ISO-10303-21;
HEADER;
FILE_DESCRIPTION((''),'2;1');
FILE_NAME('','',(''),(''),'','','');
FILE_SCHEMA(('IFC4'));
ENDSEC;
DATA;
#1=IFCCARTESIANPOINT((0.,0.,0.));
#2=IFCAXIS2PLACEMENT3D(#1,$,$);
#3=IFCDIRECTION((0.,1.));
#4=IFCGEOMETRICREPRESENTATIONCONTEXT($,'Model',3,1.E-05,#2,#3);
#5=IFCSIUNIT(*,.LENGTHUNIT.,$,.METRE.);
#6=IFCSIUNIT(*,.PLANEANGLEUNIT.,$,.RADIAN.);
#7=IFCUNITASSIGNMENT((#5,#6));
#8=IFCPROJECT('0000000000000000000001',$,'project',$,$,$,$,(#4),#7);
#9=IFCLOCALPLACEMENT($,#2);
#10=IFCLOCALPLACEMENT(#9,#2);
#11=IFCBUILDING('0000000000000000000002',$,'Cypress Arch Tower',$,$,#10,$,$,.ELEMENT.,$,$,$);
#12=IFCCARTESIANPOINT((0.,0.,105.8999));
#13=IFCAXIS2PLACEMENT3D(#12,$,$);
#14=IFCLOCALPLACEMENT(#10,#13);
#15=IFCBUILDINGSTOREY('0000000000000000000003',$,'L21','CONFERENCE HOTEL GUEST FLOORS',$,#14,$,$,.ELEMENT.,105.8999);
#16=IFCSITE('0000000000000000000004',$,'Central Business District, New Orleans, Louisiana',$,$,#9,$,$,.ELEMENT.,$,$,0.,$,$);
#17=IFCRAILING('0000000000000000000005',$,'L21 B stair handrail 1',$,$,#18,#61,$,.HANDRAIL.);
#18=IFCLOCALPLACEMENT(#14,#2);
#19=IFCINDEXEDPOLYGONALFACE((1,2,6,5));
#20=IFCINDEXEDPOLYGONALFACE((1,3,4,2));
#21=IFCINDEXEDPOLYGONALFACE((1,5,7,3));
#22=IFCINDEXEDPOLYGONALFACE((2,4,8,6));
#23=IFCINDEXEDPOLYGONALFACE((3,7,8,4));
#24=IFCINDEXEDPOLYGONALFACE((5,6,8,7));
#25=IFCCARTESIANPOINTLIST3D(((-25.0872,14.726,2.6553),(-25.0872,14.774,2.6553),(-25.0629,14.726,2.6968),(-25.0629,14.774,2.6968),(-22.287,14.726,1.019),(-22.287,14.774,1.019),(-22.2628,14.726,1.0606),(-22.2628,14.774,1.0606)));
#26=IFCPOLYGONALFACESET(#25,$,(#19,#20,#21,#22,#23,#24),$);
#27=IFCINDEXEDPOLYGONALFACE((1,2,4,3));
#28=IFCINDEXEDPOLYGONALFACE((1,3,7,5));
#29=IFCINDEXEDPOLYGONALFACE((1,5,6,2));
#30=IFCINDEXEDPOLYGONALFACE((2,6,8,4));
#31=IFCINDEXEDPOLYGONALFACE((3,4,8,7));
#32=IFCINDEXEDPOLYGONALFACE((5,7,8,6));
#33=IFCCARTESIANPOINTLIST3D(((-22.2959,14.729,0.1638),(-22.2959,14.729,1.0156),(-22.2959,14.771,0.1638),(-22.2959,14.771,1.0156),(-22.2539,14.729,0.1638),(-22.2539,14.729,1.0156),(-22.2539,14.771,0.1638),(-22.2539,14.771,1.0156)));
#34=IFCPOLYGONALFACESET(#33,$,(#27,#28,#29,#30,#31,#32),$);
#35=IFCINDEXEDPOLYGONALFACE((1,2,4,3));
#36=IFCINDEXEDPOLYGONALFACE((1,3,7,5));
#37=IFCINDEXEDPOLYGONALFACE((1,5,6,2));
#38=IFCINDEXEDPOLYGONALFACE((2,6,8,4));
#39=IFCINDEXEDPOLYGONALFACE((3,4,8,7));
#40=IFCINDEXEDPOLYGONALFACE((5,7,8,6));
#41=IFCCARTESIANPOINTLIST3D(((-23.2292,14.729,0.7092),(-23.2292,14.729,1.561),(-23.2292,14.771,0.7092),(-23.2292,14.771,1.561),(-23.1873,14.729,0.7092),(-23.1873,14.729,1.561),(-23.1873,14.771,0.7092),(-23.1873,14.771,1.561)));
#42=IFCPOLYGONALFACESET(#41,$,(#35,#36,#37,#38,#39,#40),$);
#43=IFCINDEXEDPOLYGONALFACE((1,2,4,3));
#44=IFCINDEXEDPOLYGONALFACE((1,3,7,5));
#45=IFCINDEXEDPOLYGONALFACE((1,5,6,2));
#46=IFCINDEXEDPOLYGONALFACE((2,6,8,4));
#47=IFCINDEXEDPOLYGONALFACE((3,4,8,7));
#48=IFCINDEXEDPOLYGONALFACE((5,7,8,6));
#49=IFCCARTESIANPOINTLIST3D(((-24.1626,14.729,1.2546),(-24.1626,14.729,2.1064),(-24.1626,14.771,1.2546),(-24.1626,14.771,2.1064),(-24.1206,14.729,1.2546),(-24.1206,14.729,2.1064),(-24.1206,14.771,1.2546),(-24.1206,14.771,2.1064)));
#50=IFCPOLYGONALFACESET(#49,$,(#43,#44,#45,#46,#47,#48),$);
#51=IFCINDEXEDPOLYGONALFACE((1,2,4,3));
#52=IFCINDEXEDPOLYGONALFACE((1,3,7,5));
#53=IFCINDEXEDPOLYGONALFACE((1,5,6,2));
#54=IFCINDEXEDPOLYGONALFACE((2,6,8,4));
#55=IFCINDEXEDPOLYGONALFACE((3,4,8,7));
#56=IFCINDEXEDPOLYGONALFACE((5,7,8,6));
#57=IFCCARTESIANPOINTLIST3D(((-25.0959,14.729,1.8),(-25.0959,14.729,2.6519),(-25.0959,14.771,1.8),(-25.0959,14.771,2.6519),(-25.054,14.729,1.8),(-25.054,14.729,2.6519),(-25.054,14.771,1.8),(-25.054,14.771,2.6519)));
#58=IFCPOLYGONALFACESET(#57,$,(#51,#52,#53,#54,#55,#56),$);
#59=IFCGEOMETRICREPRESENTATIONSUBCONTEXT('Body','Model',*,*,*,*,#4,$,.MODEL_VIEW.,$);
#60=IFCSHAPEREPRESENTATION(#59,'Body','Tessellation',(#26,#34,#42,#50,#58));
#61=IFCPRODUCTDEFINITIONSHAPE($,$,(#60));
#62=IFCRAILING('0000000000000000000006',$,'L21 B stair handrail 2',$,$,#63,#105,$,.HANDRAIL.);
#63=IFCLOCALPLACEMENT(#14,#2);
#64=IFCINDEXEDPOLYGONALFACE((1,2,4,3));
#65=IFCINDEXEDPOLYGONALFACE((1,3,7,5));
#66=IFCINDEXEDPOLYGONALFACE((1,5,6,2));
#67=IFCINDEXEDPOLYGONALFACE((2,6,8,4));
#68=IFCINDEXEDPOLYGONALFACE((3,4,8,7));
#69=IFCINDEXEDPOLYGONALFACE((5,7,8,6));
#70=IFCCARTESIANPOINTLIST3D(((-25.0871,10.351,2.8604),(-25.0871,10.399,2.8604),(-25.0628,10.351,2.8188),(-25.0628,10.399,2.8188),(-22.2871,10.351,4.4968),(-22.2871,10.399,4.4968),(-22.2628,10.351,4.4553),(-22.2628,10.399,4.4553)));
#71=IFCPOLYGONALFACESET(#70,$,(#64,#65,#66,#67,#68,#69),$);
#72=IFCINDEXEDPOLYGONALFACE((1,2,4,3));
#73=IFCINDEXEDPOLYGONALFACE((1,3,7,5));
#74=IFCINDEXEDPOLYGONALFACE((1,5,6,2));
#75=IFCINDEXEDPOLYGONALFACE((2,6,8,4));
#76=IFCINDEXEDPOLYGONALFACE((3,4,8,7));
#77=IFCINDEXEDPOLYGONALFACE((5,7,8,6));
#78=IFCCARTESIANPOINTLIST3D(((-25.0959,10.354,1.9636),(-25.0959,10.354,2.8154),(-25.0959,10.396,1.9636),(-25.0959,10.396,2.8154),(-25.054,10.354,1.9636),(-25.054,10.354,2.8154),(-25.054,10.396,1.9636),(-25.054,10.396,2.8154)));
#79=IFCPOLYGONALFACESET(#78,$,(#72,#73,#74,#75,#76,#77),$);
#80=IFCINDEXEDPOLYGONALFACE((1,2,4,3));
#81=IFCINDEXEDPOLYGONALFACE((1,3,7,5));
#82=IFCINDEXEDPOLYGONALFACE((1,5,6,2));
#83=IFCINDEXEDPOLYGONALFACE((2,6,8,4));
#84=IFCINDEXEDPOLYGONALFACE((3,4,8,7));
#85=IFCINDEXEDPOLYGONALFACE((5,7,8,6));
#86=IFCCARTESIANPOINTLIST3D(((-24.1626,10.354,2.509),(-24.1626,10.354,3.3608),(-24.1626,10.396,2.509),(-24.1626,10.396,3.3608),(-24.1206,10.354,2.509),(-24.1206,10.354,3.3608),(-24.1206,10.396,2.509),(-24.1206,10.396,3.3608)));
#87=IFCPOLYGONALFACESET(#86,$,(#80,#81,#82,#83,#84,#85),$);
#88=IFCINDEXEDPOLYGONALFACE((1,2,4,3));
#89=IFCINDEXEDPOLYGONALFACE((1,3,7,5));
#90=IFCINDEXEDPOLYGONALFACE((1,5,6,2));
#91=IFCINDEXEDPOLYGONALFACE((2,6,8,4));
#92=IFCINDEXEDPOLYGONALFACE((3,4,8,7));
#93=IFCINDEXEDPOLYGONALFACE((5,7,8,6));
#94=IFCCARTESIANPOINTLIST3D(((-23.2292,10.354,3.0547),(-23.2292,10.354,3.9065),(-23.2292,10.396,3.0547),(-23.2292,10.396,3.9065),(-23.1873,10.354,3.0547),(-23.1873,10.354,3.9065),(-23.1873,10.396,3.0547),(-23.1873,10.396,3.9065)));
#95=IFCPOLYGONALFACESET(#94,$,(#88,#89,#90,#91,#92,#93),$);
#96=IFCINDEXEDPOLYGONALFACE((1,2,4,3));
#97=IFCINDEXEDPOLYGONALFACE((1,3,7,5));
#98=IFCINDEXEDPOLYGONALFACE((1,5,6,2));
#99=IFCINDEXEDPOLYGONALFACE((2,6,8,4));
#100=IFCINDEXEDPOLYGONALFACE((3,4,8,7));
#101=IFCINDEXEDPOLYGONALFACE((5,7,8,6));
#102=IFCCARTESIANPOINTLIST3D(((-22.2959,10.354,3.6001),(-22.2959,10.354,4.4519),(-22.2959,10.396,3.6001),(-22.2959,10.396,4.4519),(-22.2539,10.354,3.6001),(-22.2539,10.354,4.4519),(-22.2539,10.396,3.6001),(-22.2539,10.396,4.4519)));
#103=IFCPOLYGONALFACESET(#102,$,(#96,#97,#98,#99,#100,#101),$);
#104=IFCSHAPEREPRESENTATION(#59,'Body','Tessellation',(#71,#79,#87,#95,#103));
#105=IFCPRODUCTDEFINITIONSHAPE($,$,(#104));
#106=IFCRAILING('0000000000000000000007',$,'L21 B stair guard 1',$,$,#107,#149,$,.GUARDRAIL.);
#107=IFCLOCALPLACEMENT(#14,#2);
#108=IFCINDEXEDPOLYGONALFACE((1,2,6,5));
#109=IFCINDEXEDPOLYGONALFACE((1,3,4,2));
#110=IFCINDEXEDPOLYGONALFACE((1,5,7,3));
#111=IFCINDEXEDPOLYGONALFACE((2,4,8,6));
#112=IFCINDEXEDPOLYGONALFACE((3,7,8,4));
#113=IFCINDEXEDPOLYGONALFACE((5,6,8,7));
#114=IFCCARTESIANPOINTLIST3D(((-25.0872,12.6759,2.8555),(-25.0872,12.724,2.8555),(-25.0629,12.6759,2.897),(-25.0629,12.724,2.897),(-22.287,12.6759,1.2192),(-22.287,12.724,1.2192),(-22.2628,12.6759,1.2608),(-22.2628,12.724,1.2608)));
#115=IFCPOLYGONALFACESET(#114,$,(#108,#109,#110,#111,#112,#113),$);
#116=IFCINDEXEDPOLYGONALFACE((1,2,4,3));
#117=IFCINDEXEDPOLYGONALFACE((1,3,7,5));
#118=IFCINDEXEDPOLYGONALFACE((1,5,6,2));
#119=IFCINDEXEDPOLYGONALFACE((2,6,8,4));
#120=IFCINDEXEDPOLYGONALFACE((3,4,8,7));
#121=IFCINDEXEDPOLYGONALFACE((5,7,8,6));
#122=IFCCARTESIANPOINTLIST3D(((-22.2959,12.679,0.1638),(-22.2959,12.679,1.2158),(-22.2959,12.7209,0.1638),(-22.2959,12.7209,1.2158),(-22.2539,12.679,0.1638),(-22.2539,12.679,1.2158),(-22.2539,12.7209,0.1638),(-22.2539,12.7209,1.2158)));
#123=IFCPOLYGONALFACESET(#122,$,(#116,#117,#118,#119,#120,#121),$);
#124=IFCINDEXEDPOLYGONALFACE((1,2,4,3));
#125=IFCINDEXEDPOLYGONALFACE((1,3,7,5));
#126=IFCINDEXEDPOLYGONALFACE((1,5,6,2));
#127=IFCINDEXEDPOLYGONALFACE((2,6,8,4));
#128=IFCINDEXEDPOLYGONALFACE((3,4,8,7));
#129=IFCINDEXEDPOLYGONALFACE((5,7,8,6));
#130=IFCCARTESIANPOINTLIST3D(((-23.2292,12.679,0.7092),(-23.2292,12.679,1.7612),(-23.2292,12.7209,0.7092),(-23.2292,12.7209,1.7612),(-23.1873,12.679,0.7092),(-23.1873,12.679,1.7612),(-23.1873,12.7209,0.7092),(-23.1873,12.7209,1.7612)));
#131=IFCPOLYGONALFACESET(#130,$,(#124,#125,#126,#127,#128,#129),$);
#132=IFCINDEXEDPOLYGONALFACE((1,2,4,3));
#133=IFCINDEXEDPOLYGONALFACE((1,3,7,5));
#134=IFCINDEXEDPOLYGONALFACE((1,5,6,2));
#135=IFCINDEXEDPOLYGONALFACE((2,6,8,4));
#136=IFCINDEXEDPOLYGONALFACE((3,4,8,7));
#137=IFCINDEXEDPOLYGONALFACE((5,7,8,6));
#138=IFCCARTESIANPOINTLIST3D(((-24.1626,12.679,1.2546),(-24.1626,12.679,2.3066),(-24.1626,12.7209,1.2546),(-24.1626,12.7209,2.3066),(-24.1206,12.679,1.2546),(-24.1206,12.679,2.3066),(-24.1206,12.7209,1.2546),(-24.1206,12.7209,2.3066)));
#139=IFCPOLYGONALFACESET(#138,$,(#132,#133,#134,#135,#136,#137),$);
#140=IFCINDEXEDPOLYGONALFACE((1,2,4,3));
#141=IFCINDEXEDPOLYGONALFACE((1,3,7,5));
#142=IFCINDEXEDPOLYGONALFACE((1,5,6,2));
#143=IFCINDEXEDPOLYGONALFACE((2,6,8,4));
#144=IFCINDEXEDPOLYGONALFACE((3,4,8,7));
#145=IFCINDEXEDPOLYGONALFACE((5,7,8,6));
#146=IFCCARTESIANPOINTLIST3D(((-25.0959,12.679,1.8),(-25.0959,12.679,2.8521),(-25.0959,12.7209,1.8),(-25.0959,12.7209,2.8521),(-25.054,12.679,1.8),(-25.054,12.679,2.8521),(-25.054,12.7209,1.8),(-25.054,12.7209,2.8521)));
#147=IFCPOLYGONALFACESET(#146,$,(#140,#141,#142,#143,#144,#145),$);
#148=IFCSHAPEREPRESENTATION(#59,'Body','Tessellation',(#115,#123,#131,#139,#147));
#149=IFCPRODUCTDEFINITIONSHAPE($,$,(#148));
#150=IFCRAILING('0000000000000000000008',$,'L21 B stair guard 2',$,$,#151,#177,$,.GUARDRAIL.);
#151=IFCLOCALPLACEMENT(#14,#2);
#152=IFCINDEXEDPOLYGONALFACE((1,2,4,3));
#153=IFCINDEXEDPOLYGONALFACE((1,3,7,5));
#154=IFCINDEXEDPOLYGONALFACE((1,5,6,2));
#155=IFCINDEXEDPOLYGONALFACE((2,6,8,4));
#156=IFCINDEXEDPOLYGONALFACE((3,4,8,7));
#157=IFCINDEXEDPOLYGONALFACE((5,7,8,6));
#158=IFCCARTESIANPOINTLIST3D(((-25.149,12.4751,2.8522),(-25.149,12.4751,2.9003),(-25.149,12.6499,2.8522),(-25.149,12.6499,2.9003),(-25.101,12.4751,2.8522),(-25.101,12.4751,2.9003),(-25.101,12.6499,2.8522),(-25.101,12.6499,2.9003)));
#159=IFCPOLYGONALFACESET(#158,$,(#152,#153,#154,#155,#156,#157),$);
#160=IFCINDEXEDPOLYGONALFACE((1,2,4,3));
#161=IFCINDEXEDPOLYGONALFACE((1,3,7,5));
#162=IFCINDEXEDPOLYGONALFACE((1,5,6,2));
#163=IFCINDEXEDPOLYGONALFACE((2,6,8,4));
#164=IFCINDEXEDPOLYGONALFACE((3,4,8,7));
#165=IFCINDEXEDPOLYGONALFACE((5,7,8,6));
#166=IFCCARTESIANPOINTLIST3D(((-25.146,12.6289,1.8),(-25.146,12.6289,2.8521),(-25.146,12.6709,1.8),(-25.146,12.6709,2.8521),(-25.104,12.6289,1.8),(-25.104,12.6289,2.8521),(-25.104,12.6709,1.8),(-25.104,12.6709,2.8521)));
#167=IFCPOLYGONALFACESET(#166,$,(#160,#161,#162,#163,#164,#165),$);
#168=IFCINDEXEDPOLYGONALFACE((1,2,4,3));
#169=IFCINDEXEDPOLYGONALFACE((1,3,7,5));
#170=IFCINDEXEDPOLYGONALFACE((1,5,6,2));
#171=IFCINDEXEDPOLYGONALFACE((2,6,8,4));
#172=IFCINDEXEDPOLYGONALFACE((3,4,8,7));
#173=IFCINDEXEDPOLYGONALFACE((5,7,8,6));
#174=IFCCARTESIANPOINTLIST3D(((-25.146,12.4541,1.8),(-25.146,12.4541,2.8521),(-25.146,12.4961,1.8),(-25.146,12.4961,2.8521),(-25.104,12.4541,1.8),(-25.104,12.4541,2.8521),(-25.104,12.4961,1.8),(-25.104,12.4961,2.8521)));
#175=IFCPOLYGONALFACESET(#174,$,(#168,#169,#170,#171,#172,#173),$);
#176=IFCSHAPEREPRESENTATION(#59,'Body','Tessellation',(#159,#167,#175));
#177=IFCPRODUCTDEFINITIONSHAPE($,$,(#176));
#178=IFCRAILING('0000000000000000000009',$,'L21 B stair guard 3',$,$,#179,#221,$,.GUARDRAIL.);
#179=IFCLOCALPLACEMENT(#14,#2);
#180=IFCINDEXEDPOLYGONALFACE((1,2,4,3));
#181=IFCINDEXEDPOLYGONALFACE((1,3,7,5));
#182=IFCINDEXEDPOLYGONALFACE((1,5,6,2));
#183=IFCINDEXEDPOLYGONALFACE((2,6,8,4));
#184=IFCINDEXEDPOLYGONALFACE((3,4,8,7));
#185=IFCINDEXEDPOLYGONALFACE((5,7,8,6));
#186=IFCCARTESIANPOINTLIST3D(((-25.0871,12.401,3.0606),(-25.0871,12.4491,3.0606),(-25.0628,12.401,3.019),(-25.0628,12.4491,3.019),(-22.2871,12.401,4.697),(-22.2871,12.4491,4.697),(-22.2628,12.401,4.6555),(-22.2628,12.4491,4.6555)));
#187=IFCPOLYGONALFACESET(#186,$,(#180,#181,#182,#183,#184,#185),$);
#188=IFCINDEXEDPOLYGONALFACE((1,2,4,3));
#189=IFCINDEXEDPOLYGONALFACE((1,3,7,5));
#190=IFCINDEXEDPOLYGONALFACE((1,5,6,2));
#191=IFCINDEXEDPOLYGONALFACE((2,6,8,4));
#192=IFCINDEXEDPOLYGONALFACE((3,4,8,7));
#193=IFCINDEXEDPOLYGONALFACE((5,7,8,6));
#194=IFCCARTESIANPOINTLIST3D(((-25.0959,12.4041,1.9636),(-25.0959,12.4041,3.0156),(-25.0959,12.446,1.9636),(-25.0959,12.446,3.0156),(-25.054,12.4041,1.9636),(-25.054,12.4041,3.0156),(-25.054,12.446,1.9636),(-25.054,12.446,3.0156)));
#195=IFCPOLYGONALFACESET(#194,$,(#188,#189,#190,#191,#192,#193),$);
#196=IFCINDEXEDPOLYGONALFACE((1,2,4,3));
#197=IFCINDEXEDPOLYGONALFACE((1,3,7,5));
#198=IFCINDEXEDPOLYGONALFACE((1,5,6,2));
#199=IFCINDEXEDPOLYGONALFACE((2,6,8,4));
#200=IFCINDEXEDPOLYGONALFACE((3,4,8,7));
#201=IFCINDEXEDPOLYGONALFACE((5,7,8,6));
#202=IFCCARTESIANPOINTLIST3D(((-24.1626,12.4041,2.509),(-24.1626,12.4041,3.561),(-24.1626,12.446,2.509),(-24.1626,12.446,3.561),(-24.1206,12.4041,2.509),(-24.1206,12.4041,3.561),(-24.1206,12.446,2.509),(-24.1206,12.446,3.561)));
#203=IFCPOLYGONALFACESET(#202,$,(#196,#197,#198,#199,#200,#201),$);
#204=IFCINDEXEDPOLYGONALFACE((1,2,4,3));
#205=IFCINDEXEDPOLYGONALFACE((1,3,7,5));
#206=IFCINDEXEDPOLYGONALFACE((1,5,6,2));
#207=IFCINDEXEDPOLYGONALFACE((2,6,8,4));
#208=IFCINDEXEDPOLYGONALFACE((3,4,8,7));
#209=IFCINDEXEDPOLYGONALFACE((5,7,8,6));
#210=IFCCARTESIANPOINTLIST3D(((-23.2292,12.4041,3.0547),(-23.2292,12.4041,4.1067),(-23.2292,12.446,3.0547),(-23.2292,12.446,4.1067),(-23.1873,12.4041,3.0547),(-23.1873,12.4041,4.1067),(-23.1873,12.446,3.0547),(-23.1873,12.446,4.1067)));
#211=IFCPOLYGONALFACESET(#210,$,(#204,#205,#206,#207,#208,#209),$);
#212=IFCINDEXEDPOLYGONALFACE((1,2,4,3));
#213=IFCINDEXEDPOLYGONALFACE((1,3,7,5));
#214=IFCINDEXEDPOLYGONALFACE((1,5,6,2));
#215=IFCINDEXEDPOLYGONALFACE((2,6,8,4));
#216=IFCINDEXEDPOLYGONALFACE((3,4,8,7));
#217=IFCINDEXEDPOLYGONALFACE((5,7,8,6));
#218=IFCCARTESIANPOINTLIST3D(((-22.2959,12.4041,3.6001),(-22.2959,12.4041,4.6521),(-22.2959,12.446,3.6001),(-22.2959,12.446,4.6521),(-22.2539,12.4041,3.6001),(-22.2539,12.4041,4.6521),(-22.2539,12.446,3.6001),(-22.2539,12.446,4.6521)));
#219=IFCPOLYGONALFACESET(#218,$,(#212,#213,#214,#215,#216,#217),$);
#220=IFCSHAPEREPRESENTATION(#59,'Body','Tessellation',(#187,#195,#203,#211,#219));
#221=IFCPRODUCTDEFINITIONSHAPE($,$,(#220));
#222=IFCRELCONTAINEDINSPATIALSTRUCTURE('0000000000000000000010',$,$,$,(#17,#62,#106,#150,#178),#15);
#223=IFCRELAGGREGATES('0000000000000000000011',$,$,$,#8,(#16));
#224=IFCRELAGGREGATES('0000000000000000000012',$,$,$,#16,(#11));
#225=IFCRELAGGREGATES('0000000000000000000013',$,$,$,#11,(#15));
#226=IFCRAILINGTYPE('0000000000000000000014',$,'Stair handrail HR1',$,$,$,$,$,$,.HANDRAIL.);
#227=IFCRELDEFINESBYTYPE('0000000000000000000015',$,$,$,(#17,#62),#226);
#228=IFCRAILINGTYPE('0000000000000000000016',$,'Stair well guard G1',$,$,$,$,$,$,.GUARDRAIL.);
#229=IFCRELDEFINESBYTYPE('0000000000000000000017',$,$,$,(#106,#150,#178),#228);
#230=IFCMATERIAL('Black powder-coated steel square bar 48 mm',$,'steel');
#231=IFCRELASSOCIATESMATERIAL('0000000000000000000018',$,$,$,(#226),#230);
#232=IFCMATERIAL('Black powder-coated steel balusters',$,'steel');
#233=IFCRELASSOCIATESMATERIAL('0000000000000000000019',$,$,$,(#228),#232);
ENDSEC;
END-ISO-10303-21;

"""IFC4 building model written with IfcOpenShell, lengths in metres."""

from ifc_helpers import new_model, si_unit, direction, frame, origin, origin_2d, place, context, subcontext, project, spatial, rectangle, extrude, material, type_object, element, save


model = new_model("IFC4")

# Units and contexts
model_context = context("Model", 3, precision=1e-05, world=origin(), true_north=direction((0.0, 1.0)))
body_context = subcontext(model_context, "Body", "Model", "MODEL_VIEW")
ifc_project = project(units=[si_unit("LENGTHUNIT", "METRE"), si_unit("PLANEANGLEUNIT", "RADIAN")], contexts=[model_context])

# Site, building, storey
site_placement = place(None, origin())
site = spatial("IfcSite", under=ifc_project, at=site_placement, Name="Central Business District, New Orleans, Louisiana", CompositionType="ELEMENT", RefElevation=0.0)
building_placement = place(site_placement, origin())
building = spatial("IfcBuilding", under=site, at=building_placement, Name="Cypress Arch Tower", CompositionType="ELEMENT")
storey_placement = place(building_placement, frame((0.0, 0.0, 105.8999)))
storey = spatial("IfcBuildingStorey", under=building, at=storey_placement, Name="L21", Description="CONFERENCE HOTEL GUEST FLOORS", CompositionType="ELEMENT", Elevation=105.8999)

# Railings
ifc_material_1 = material(Name="Black powder-coated steel square bar 48 mm", Category="steel")
railing_type_1 = type_object("IfcRailingType", Name="Stair handrail HR1", PredefinedType="HANDRAIL", material=ifc_material_1)
railing_1_placement = place(storey_placement, frame((-22.2749, 14.75, 0.1638)))
element("IfcRailing", 1, at=railing_1_placement, inside=storey, type_object=railing_type_1, Name="L21 B stair handrail 1", PredefinedType="HANDRAIL", context=body_context, shape_type="SweptSolid", body=[
    extrude(rectangle(XDim=0.0481, YDim=0.0481, at=origin_2d()), frame((0.0, 0.0, 0.876), z_axis=(-0.863394, 0.0, 0.504531), x_axis=(0.0, -1.0, 0.0)), (0.0, 0.0, 1.0), 3.2432),
    extrude(rectangle(XDim=0.042, YDim=0.042, at=origin_2d()), origin(), (0.0, 0.0, 1.0), 0.8518),
    extrude(rectangle(XDim=0.042, YDim=0.042, at=origin_2d()), frame((-0.9333, 0.0, 0.5454)), (0.0, 0.0, 1.0), 0.8518),
    extrude(rectangle(XDim=0.042, YDim=0.042, at=origin_2d()), frame((-1.8667, 0.0, 1.0908)), (0.0, 0.0, 1.0), 0.8518),
    extrude(rectangle(XDim=0.042, YDim=0.042, at=origin_2d()), frame((-2.8, 0.0, 1.6362)), (0.0, 0.0, 1.0), 0.8518),
])
railing_2_placement = place(storey_placement, frame((-25.075, 10.375, 1.9636)))
element("IfcRailing", 2, at=railing_2_placement, inside=storey, type_object=railing_type_1, Name="L21 B stair handrail 2", PredefinedType="HANDRAIL", context=body_context, shape_type="SweptSolid", body=[
    extrude(rectangle(XDim=0.0481, YDim=0.0481, at=origin_2d()), frame((0.0, 0.0, 0.876), z_axis=(0.863361, 0.0, 0.504587), x_axis=(0.0, 1.0, 0.0)), (0.0, 0.0, 1.0), 3.2432),
    extrude(rectangle(XDim=0.042, YDim=0.042, at=origin_2d()), origin(), (0.0, 0.0, 1.0), 0.8518),
    extrude(rectangle(XDim=0.042, YDim=0.042, at=origin_2d()), frame((0.9333, 0.0, 0.5454)), (0.0, 0.0, 1.0), 0.8518),
    extrude(rectangle(XDim=0.042, YDim=0.042, at=origin_2d()), frame((1.8667, 0.0, 1.0911)), (0.0, 0.0, 1.0), 0.8518),
    extrude(rectangle(XDim=0.042, YDim=0.042, at=origin_2d()), frame((2.8, 0.0, 1.6365)), (0.0, 0.0, 1.0), 0.8518),
])
ifc_material_2 = material(Name="Black powder-coated steel balusters", Category="steel")
railing_type_2 = type_object("IfcRailingType", Name="Stair well guard G1", PredefinedType="GUARDRAIL", material=ifc_material_2)
railing_3_placement = place(storey_placement, frame((-22.2749, 12.7, 0.1638)))
element("IfcRailing", 3, at=railing_3_placement, inside=storey, type_object=railing_type_2, Name="L21 B stair guard 1", PredefinedType="GUARDRAIL", context=body_context, shape_type="SweptSolid", body=[
    extrude(rectangle(XDim=0.0481, YDim=0.0481, at=origin_2d()), frame((0.0, 0.0, 1.0762), z_axis=(-0.863394, 0.0, 0.504531), x_axis=(0.0, -1.0, 0.0)), (0.0, 0.0, 1.0), 3.2432),
    extrude(rectangle(XDim=0.042, YDim=0.042, at=origin_2d()), origin(), (0.0, 0.0, 1.0), 1.052),
    extrude(rectangle(XDim=0.042, YDim=0.042, at=origin_2d()), frame((-0.9333, 0.0, 0.5454)), (0.0, 0.0, 1.0), 1.052),
    extrude(rectangle(XDim=0.042, YDim=0.042, at=origin_2d()), frame((-1.8667, 0.0, 1.0908)), (0.0, 0.0, 1.0), 1.052),
    extrude(rectangle(XDim=0.042, YDim=0.042, at=origin_2d()), frame((-2.8, 0.0, 1.6362)), (0.0, 0.0, 1.0), 1.052),
])
railing_4_placement = place(storey_placement, frame((-25.125, 12.6499, 1.8)))
element("IfcRailing", 4, at=railing_4_placement, inside=storey, type_object=railing_type_2, Name="L21 B stair guard 2", PredefinedType="GUARDRAIL", context=body_context, shape_type="SweptSolid", body=[
    extrude(rectangle(XDim=0.0481, YDim=0.0481, at=origin_2d()), frame((0.0, 0.0, 1.0762), z_axis=(0.0, -1.0, 0.0), x_axis=(1.0, 0.0, 0.0)), (0.0, 0.0, 1.0), 0.1748),
    extrude(rectangle(XDim=0.042, YDim=0.042, at=origin_2d()), origin(), (0.0, 0.0, 1.0), 1.052),
    extrude(rectangle(XDim=0.042, YDim=0.042, at=origin_2d()), frame((0.0, -0.1748, 0.0)), (0.0, 0.0, 1.0), 1.052),
])
railing_5_placement = place(storey_placement, frame((-25.075, 12.425, 1.9636)))
element("IfcRailing", 5, at=railing_5_placement, inside=storey, type_object=railing_type_2, Name="L21 B stair guard 3", PredefinedType="GUARDRAIL", context=body_context, shape_type="SweptSolid", body=[
    extrude(rectangle(XDim=0.0481, YDim=0.0481, at=origin_2d()), frame((0.0, 0.0, 1.0762), z_axis=(0.863361, 0.0, 0.504587), x_axis=(0.0, 1.0, 0.0)), (0.0, 0.0, 1.0), 3.2432),
    extrude(rectangle(XDim=0.042, YDim=0.042, at=origin_2d()), origin(), (0.0, 0.0, 1.0), 1.052),
    extrude(rectangle(XDim=0.042, YDim=0.042, at=origin_2d()), frame((0.9333, 0.0, 0.5454)), (0.0, 0.0, 1.0), 1.052),
    extrude(rectangle(XDim=0.042, YDim=0.042, at=origin_2d()), frame((1.8667, 0.0, 1.0911)), (0.0, 0.0, 1.0), 1.052),
    extrude(rectangle(XDim=0.042, YDim=0.042, at=origin_2d()), frame((2.8, 0.0, 1.6365)), (0.0, 0.0, 1.0), 1.052),
])

save(model, "model.ifc")
